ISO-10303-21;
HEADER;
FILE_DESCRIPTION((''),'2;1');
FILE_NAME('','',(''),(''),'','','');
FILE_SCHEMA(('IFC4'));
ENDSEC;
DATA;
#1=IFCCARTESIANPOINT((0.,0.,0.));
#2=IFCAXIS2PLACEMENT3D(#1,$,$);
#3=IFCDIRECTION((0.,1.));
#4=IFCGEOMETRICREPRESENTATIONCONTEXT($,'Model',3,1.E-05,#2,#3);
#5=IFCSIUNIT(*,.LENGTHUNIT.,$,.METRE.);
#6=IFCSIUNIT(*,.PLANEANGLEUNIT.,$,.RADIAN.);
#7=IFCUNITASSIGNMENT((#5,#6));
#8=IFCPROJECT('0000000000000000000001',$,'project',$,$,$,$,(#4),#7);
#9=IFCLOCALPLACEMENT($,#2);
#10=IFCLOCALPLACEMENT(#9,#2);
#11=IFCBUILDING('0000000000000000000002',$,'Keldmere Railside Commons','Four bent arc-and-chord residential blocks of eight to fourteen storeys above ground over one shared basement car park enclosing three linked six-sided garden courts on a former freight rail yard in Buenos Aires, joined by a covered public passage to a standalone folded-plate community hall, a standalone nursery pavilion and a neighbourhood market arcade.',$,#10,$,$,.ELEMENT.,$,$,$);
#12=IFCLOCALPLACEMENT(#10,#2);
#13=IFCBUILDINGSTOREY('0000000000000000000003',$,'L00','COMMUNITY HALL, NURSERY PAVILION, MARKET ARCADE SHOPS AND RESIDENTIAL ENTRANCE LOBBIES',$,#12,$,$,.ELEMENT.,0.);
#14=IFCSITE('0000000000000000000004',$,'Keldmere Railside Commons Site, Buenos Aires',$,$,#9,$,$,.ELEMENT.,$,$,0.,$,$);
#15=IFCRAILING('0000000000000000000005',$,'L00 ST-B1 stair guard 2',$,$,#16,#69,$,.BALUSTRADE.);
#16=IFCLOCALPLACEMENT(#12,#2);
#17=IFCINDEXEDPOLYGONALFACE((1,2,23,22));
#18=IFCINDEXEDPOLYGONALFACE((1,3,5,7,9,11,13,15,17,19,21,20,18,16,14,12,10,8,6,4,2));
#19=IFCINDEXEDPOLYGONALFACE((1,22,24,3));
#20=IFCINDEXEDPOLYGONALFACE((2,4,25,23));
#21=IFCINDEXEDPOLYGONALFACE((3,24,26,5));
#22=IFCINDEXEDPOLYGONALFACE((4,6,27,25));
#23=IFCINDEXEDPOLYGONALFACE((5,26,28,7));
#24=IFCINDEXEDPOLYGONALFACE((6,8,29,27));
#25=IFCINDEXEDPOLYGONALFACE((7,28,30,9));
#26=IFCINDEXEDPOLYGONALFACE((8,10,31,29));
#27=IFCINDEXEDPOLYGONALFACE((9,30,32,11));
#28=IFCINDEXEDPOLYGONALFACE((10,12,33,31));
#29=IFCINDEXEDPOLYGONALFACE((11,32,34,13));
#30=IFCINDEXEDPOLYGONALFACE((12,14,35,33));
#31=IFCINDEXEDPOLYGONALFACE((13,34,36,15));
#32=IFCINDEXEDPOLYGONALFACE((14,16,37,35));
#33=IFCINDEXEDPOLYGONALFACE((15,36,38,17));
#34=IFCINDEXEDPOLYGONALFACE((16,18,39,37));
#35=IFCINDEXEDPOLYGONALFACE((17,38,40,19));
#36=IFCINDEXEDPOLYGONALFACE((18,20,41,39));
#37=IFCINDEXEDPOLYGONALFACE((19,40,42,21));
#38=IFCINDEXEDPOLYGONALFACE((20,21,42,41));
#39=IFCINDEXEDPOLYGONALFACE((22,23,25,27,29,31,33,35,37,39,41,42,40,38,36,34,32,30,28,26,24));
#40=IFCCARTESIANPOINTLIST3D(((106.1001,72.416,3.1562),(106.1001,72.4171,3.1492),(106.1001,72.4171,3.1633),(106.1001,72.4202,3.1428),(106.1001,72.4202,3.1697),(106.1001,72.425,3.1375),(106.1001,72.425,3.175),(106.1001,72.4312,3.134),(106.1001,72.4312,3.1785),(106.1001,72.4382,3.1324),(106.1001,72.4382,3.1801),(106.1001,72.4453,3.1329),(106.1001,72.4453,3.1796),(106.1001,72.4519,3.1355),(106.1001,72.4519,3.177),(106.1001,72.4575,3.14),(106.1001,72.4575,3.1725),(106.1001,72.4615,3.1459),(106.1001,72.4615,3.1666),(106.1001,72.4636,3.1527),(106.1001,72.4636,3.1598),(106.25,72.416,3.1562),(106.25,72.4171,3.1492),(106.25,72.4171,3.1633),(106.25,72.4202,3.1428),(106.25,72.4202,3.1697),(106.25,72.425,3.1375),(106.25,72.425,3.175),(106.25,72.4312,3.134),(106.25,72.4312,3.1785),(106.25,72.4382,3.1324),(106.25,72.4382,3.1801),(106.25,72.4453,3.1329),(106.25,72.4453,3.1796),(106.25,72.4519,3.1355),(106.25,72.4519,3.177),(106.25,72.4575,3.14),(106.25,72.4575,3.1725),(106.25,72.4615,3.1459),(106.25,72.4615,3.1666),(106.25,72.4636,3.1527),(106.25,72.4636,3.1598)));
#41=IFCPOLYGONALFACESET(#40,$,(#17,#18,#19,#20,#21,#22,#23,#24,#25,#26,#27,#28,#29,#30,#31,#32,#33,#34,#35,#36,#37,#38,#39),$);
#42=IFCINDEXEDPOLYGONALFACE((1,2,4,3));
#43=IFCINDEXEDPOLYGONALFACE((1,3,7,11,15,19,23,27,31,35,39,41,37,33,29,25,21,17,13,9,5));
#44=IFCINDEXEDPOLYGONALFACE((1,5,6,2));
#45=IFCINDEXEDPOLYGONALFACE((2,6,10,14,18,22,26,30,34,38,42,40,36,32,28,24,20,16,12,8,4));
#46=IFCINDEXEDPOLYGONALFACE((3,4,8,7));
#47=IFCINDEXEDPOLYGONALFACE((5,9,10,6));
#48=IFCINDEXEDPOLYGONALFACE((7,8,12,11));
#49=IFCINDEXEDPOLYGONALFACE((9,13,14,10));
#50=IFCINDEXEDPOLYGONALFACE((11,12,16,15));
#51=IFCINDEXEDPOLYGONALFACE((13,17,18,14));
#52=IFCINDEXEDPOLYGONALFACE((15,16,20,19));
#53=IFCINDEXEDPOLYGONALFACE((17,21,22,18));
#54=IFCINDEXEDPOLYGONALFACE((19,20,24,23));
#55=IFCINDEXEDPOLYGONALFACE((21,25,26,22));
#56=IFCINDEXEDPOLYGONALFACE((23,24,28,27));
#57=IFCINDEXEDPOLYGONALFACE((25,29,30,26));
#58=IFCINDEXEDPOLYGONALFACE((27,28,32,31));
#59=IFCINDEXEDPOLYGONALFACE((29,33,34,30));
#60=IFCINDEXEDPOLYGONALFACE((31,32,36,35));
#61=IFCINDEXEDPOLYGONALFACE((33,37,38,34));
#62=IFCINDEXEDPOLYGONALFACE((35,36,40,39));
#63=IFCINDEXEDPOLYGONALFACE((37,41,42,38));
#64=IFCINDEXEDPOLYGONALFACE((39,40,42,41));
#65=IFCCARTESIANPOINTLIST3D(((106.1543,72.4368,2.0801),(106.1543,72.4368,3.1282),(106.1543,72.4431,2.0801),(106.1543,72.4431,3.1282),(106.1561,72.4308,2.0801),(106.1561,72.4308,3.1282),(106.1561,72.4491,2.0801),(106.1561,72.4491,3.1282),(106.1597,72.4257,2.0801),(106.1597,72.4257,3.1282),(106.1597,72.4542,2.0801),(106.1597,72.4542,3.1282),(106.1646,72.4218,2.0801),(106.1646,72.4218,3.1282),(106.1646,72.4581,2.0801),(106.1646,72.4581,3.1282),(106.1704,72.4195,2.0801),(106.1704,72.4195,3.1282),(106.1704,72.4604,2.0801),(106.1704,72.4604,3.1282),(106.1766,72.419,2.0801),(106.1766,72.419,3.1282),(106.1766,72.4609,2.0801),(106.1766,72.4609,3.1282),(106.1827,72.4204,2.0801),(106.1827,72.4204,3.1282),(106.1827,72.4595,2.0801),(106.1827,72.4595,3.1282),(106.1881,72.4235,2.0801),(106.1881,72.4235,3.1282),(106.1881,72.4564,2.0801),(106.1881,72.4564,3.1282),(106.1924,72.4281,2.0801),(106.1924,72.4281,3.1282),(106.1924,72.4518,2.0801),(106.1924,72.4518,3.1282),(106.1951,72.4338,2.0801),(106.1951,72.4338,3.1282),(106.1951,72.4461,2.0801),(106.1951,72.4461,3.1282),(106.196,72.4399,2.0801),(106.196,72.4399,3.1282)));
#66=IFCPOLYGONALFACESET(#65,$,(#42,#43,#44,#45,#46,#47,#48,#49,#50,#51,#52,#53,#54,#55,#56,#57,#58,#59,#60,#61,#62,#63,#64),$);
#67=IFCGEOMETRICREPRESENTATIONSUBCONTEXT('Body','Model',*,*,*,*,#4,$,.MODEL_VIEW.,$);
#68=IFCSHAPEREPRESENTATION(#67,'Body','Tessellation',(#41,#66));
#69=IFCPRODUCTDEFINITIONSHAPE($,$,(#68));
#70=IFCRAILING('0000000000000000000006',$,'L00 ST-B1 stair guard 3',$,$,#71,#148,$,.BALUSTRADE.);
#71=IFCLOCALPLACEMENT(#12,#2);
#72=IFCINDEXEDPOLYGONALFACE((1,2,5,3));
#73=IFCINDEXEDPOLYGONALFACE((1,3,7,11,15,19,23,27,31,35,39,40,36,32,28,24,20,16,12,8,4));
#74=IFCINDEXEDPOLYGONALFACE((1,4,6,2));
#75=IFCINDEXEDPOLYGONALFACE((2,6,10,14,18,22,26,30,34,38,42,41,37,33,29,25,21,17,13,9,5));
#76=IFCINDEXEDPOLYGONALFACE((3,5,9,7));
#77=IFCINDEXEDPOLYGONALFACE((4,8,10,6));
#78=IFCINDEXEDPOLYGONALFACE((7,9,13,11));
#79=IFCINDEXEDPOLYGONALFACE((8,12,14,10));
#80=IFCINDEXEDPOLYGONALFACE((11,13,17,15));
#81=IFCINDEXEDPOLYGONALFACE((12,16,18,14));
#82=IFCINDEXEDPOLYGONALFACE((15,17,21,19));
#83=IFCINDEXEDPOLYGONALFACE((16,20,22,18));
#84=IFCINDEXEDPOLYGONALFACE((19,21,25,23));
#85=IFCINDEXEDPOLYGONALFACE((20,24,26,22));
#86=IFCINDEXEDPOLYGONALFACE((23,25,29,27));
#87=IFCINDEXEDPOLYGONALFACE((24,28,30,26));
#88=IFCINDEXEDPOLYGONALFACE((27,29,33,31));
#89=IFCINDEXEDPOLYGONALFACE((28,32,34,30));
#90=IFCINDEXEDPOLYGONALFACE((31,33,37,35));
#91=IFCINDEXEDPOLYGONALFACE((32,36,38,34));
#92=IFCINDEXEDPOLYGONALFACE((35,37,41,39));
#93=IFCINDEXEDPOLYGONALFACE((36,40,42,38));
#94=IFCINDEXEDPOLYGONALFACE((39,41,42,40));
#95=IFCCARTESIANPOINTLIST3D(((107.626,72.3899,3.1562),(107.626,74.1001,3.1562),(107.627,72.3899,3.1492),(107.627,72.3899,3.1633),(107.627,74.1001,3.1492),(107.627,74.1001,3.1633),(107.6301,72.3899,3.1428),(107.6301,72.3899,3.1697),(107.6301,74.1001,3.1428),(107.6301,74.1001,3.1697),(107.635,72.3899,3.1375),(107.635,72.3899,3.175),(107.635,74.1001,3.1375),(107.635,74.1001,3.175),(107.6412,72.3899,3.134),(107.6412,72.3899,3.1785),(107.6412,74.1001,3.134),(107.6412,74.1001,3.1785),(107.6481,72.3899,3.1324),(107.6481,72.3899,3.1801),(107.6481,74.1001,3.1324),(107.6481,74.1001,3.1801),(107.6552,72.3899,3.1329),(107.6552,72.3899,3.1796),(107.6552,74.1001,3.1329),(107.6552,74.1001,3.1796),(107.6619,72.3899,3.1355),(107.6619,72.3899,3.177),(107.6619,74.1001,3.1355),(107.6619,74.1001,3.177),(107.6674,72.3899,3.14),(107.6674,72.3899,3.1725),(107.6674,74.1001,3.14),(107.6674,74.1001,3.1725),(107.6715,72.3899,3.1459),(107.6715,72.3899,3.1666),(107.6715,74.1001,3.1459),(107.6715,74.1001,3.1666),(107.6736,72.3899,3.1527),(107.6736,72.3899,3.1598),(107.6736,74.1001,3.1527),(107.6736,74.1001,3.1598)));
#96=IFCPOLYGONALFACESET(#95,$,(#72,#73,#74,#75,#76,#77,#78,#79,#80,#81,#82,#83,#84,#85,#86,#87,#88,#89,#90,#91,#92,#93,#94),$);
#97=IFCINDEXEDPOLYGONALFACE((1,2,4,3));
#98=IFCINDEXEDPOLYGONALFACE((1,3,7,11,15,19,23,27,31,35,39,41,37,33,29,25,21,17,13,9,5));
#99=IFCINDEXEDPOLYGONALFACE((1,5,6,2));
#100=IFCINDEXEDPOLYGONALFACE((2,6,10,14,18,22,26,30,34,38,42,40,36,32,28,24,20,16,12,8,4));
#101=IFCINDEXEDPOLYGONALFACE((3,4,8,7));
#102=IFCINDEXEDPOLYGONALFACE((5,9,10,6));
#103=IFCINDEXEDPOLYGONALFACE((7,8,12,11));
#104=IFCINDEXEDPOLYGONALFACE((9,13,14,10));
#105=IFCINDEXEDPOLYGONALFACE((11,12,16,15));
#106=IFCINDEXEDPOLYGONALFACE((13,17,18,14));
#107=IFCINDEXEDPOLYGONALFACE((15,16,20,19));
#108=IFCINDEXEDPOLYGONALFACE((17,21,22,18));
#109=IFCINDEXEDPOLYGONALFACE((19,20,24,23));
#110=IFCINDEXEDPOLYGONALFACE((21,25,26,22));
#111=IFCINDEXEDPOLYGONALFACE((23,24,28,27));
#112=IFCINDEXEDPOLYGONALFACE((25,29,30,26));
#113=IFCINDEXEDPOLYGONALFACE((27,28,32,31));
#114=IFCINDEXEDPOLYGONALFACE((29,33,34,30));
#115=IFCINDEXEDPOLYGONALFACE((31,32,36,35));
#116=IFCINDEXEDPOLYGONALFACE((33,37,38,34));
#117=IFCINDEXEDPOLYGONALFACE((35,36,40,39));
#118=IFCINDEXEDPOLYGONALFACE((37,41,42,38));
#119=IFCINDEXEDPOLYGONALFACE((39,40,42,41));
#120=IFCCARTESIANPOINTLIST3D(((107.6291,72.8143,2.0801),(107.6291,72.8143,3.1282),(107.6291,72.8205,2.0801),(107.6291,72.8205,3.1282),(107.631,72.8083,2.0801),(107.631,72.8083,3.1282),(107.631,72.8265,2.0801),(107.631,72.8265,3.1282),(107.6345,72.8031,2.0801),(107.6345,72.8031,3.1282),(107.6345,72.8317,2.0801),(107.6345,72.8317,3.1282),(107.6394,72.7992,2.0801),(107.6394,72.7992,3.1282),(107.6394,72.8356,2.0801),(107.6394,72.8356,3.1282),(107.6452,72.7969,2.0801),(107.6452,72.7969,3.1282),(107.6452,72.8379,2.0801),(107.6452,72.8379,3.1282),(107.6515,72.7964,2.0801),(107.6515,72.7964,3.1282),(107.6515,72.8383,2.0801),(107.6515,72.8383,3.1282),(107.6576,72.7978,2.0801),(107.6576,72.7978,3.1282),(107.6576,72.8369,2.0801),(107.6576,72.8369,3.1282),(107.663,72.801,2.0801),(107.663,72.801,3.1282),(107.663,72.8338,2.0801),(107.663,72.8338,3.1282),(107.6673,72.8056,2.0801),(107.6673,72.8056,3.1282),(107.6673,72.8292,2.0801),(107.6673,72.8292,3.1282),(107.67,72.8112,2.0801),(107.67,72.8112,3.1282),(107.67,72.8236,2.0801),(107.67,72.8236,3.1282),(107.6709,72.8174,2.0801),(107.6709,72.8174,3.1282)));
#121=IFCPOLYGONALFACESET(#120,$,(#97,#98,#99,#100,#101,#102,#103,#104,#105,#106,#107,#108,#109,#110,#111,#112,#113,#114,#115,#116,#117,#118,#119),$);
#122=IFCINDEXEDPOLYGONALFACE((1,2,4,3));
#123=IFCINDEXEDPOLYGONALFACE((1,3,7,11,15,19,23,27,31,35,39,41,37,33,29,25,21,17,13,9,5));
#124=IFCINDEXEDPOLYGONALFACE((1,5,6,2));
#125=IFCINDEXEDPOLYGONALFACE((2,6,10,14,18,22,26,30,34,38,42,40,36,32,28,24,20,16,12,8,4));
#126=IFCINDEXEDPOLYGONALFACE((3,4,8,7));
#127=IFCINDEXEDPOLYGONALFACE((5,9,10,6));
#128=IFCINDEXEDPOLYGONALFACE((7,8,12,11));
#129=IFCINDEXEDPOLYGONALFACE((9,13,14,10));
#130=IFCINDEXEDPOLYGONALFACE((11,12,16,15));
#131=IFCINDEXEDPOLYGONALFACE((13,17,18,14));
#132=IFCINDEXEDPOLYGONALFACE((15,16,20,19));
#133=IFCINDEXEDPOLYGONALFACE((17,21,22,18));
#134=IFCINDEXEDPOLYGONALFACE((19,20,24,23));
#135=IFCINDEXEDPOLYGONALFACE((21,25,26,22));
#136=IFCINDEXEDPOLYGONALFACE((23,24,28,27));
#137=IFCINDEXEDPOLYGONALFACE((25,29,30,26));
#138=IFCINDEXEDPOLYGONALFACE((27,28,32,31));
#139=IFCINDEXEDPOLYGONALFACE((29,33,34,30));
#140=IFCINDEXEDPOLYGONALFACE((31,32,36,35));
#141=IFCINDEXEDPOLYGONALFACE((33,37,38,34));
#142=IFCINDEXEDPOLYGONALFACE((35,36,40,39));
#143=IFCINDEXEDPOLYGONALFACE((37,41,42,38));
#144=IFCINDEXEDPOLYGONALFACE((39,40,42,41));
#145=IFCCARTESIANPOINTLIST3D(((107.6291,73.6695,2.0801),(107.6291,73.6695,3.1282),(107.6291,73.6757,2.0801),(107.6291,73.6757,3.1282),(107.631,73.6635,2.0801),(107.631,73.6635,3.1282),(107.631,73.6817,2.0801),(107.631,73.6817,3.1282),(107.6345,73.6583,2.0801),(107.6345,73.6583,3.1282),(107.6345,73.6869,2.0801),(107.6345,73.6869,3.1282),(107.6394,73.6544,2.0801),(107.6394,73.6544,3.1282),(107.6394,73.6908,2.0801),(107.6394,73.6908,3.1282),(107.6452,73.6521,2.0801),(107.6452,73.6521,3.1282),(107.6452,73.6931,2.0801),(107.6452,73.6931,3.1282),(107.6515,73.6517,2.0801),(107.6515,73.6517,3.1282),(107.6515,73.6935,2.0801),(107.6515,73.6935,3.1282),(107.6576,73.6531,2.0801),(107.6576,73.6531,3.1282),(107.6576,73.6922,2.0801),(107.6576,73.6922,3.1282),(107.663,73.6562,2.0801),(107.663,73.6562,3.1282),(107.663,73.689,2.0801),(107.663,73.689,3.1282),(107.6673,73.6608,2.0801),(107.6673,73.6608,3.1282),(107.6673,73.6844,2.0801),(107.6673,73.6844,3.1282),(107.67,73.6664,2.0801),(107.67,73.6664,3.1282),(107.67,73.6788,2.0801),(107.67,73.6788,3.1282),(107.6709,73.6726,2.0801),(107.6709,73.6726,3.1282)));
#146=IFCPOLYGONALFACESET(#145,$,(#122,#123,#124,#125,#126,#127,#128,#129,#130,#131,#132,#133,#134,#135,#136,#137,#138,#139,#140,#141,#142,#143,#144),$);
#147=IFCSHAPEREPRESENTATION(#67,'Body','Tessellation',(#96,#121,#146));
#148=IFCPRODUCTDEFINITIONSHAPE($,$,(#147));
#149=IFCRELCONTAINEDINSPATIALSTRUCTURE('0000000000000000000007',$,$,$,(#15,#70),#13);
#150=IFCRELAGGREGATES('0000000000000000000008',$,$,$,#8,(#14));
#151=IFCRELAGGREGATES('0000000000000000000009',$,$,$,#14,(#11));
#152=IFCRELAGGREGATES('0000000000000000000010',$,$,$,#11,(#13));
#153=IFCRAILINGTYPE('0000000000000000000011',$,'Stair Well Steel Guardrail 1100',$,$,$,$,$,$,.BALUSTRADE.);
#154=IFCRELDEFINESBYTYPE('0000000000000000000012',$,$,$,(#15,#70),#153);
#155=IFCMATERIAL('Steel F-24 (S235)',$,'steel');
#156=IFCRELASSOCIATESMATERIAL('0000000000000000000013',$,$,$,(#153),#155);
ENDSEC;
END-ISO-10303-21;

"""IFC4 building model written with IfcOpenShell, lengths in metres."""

from ifc_helpers import new_model, si_unit, direction, frame, origin, origin_2d, place, context, subcontext, project, spatial, circle, extrude, material, type_object, element, save


model = new_model("IFC4")

# Units and contexts
model_context = context("Model", 3, precision=1e-05, world=origin(), true_north=direction((0.0, 1.0)))
body_context = subcontext(model_context, "Body", "Model", "MODEL_VIEW")
ifc_project = project(units=[si_unit("LENGTHUNIT", "METRE"), si_unit("PLANEANGLEUNIT", "RADIAN")], contexts=[model_context])

# Site, building, storey
site_placement = place(None, origin())
site = spatial("IfcSite", under=ifc_project, at=site_placement, Name="Keldmere Railside Commons Site, Buenos Aires", CompositionType="ELEMENT", RefElevation=0.0)
building_placement = place(site_placement, origin())
building = spatial("IfcBuilding", under=site, at=building_placement, Name="Keldmere Railside Commons", Description="Four bent arc-and-chord residential blocks of eight to fourteen storeys above ground over one shared basement car park enclosing three linked six-sided garden courts on a former freight rail yard in Buenos Aires, joined by a covered public passage to a standalone folded-plate community hall, a standalone nursery pavilion and a neighbourhood market arcade.", CompositionType="ELEMENT")
storey_placement = place(building_placement, origin())
storey = spatial("IfcBuildingStorey", under=building, at=storey_placement, Name="L00", Description="COMMUNITY HALL, NURSERY PAVILION, MARKET ARCADE SHOPS AND RESIDENTIAL ENTRANCE LOBBIES", CompositionType="ELEMENT", Elevation=0.0)

# Shared definitions
ifc_material_1 = material(Name="Steel F-24 (S235)", Category="steel")

# Railings
railing_type_1 = type_object("IfcRailingType", Name="Stair Well Steel Guardrail 1100", PredefinedType="BALUSTRADE", material=ifc_material_1)
railing_1_placement = place(storey_placement, frame((106.25, 72.4399, 2.0801)))
element("IfcRailing", 1, at=railing_1_placement, inside=storey, type_object=railing_type_1, Name="L00 ST-B1 stair guard 2", PredefinedType="BALUSTRADE", context=body_context, shape_type="SweptSolid", body=[
    extrude(circle(Radius=0.0239, at=origin_2d()), frame((0.0, 0.0, 1.0762), z_axis=(-1.0, 0.0, 0.0), x_axis=(0.0, -1.0, 0.0)), (0.0, 0.0, 1.0), 0.1499),
    extrude(circle(Radius=0.021, at=origin_2d()), frame((-0.075, 0.0, 0.0)), (0.0, 0.0, 1.0), 1.0481),
])
for number, where, name in (
    (2, (107.6499, 72.3899, 2.0801), "L00 ST-B1 stair guard 3"),
):
    element("IfcRailing", number, at=place(storey_placement, frame(where)), inside=storey, type_object=railing_type_1, Name=name, PredefinedType="BALUSTRADE", context=body_context, shape_type="SweptSolid", body=[
        extrude(circle(Radius=0.0239, at=origin_2d()), frame((0.0, 0.0, 1.0762), z_axis=(0.0, 1.0, 0.0), x_axis=(-1.0, 0.0, 0.0)), (0.0, 0.0, 1.0), 1.7102),
        extrude(circle(Radius=0.021, at=origin_2d()), frame((0.0, 0.4275, 0.0)), (0.0, 0.0, 1.0), 1.0481),
        extrude(circle(Radius=0.021, at=origin_2d()), frame((0.0, 1.2827, 0.0)), (0.0, 0.0, 1.0), 1.0481),
    ])

save(model, "model.ifc")
